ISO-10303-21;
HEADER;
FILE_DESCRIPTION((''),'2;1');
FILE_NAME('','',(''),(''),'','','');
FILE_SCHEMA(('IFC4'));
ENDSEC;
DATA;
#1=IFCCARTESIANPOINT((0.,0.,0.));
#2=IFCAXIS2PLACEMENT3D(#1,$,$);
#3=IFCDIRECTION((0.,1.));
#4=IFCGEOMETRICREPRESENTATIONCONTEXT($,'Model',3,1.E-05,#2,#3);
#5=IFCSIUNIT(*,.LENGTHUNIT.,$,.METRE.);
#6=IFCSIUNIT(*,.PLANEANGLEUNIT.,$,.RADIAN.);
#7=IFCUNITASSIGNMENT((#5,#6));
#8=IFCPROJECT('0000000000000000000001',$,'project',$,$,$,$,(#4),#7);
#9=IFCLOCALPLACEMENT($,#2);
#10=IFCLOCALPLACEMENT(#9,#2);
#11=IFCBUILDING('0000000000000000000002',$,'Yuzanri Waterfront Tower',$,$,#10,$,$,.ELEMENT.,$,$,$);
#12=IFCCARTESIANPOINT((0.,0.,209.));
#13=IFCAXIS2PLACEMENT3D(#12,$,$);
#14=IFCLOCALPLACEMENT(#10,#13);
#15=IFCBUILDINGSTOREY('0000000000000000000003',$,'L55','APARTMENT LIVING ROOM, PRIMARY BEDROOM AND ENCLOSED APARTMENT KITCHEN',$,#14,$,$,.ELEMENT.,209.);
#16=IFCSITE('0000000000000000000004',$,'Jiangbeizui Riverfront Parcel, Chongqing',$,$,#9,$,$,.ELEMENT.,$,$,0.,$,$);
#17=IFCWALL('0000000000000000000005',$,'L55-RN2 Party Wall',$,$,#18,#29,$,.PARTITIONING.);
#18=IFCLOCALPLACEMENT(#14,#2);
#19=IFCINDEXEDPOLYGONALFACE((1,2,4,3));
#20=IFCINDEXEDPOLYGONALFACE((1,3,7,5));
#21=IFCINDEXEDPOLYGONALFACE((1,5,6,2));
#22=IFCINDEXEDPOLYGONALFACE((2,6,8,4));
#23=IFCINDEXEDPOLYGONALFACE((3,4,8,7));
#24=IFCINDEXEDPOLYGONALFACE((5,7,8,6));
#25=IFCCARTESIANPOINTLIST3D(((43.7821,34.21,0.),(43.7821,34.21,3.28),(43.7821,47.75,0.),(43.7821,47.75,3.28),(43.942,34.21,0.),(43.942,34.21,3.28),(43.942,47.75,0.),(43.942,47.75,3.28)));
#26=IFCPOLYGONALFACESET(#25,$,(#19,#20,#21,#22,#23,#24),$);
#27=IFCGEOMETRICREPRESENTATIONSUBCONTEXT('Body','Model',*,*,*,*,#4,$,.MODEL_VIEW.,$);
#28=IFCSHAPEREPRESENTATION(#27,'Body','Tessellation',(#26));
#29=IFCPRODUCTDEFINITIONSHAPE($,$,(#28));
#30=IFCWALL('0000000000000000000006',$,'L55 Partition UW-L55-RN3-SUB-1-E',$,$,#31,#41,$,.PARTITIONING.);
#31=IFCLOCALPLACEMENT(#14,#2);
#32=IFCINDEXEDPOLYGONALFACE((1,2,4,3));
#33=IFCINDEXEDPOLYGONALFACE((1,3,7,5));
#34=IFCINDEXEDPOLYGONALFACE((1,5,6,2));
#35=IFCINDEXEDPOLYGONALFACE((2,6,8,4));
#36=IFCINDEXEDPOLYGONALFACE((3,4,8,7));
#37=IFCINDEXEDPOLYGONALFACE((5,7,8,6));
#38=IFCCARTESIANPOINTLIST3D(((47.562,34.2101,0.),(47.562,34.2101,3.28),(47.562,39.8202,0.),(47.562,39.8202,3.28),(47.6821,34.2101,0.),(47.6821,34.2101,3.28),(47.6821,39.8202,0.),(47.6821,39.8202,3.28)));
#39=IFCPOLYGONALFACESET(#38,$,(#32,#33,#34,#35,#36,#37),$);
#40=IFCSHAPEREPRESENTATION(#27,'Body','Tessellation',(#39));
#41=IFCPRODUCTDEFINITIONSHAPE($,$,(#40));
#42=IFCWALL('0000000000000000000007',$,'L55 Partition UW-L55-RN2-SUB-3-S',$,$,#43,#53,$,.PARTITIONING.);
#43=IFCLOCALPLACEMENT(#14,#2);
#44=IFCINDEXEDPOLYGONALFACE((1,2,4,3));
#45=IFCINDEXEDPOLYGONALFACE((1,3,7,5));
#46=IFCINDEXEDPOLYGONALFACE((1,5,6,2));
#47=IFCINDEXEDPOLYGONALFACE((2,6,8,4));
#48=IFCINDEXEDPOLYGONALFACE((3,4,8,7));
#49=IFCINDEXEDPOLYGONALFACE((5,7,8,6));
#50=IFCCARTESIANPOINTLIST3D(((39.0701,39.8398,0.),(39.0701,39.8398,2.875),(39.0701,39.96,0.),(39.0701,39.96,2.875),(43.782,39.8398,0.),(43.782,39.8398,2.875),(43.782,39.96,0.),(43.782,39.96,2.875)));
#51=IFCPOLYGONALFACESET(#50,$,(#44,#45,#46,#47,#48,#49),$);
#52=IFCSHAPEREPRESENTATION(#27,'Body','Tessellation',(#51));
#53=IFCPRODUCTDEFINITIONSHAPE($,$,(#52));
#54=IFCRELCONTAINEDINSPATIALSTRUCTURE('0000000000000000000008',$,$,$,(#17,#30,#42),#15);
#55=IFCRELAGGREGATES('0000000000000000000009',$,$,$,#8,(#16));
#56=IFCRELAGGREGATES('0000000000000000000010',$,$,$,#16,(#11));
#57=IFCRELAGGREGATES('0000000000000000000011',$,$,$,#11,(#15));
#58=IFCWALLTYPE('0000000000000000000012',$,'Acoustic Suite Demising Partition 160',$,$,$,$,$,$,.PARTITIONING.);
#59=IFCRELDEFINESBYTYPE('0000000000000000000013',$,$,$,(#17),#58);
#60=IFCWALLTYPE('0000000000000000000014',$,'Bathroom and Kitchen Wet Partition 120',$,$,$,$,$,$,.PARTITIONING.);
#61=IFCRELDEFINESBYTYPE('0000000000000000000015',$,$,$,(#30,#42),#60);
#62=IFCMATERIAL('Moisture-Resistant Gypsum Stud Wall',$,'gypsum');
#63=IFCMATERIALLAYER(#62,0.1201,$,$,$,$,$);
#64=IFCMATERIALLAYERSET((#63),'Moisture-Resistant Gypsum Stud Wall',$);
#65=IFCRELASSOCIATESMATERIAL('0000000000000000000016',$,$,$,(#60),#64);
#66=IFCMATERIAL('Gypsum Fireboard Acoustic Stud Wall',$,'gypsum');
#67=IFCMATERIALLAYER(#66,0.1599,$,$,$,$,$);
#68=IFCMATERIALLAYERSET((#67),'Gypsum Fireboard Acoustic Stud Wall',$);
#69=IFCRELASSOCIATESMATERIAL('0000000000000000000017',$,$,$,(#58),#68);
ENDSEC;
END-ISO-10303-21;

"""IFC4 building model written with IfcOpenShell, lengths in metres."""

from ifc_helpers import new_model, si_unit, direction, frame, frame_2d, origin, place, context, subcontext, project, spatial, rectangle, extrude, source, transform, mapped, material, layer, layer_set, type_object, element, save


model = new_model("IFC4")

# Units and contexts
model_context = context("Model", 3, precision=1e-05, world=origin(), true_north=direction((0.0, 1.0)))
body_context = subcontext(model_context, "Body", "Model", "MODEL_VIEW")
ifc_project = project(units=[si_unit("LENGTHUNIT", "METRE"), si_unit("PLANEANGLEUNIT", "RADIAN")], contexts=[model_context])

# Site, building, storey
site_placement = place(None, origin())
site = spatial("IfcSite", under=ifc_project, at=site_placement, Name="Jiangbeizui Riverfront Parcel, Chongqing", CompositionType="ELEMENT", RefElevation=0.0)
building_placement = place(site_placement, origin())
building = spatial("IfcBuilding", under=site, at=building_placement, Name="Yuzanri Waterfront Tower", CompositionType="ELEMENT")
storey_placement = place(building_placement, frame((0.0, 0.0, 209.0)))
storey = spatial("IfcBuildingStorey", under=building, at=storey_placement, Name="L55", Description="APARTMENT LIVING ROOM, PRIMARY BEDROOM AND ENCLOSED APARTMENT KITCHEN", CompositionType="ELEMENT", Elevation=209.0)

# Shared definitions
ifc_material_1 = material(Name="Moisture-Resistant Gypsum Stud Wall", Category="gypsum")
ifc_layer_1 = layer(ifc_material_1, 0.1201)
ifc_layer_set_1 = layer_set([ifc_layer_1], Name="Moisture-Resistant Gypsum Stud Wall")
wall_type_1 = type_object("IfcWallType", Name="Bathroom and Kitchen Wet Partition 120", PredefinedType="PARTITIONING", material=ifc_layer_set_1)

# Walls
ifc_material_2 = material(Name="Gypsum Fireboard Acoustic Stud Wall", Category="gypsum")
ifc_layer_2 = layer(ifc_material_2, 0.1599)
ifc_layer_set_2 = layer_set([ifc_layer_2], Name="Gypsum Fireboard Acoustic Stud Wall")
wall_type_2 = type_object("IfcWallType", Name="Acoustic Suite Demising Partition 160", PredefinedType="PARTITIONING", material=ifc_layer_set_2)
shared_shape_1 = source(origin(), body_context, "Body", "SweptSolid", [
    extrude(rectangle(XDim=13.54, YDim=0.1599, at=frame_2d((6.77, 0.0))), origin(), (0.0, 0.0, 1.0), 3.28),
])
wall_1_placement = place(storey_placement, frame((43.8621, 34.21, 0.0), z_axis=(0.0, 0.0, 1.0), x_axis=(0.0, 1.0, 0.0)))
element("IfcWall", 1, at=wall_1_placement, inside=storey, type_object=wall_type_2, Name="L55-RN2 Party Wall", PredefinedType="PARTITIONING", context=body_context, shape_type="MappedRepresentation", body=[
    mapped(shared_shape_1, transform((0.0, 0.0, 0.0), scale=1.0)),
])
shared_shape_2 = source(origin(), body_context, "Body", "SweptSolid", [
    extrude(rectangle(XDim=5.6101, YDim=0.1201, at=frame_2d((2.8052, 0.0))), origin(), (0.0, 0.0, 1.0), 3.28),
])
wall_2_placement = place(storey_placement, frame((47.6221, 34.21, 0.0), z_axis=(0.0, 0.0, 1.0), x_axis=(0.0, 1.0, 0.0)))
element("IfcWall", 2, at=wall_2_placement, inside=storey, type_object=wall_type_1, Name="L55 Partition UW-L55-RN3-SUB-1-E", PredefinedType="PARTITIONING", context=body_context, shape_type="MappedRepresentation", body=[
    mapped(shared_shape_2, transform((0.0, 0.0, 0.0), scale=1.0)),
])
shared_shape_3 = source(origin(), body_context, "Body", "SweptSolid", [
    extrude(rectangle(XDim=4.7119, YDim=0.1201, at=frame_2d((2.356, 0.0))), origin(), (0.0, 0.0, 1.0), 2.875),
])
wall_3_placement = place(storey_placement, frame((39.0701, 39.8999, 0.0), z_axis=(0.0, 0.0, 1.0), x_axis=(1.0, 0.0, 0.0)))
element("IfcWall", 3, at=wall_3_placement, inside=storey, type_object=wall_type_1, Name="L55 Partition UW-L55-RN2-SUB-3-S", PredefinedType="PARTITIONING", context=body_context, shape_type="MappedRepresentation", body=[
    mapped(shared_shape_3, transform((0.0, 0.0, 0.0), scale=1.0)),
])

save(model, "model.ifc")
